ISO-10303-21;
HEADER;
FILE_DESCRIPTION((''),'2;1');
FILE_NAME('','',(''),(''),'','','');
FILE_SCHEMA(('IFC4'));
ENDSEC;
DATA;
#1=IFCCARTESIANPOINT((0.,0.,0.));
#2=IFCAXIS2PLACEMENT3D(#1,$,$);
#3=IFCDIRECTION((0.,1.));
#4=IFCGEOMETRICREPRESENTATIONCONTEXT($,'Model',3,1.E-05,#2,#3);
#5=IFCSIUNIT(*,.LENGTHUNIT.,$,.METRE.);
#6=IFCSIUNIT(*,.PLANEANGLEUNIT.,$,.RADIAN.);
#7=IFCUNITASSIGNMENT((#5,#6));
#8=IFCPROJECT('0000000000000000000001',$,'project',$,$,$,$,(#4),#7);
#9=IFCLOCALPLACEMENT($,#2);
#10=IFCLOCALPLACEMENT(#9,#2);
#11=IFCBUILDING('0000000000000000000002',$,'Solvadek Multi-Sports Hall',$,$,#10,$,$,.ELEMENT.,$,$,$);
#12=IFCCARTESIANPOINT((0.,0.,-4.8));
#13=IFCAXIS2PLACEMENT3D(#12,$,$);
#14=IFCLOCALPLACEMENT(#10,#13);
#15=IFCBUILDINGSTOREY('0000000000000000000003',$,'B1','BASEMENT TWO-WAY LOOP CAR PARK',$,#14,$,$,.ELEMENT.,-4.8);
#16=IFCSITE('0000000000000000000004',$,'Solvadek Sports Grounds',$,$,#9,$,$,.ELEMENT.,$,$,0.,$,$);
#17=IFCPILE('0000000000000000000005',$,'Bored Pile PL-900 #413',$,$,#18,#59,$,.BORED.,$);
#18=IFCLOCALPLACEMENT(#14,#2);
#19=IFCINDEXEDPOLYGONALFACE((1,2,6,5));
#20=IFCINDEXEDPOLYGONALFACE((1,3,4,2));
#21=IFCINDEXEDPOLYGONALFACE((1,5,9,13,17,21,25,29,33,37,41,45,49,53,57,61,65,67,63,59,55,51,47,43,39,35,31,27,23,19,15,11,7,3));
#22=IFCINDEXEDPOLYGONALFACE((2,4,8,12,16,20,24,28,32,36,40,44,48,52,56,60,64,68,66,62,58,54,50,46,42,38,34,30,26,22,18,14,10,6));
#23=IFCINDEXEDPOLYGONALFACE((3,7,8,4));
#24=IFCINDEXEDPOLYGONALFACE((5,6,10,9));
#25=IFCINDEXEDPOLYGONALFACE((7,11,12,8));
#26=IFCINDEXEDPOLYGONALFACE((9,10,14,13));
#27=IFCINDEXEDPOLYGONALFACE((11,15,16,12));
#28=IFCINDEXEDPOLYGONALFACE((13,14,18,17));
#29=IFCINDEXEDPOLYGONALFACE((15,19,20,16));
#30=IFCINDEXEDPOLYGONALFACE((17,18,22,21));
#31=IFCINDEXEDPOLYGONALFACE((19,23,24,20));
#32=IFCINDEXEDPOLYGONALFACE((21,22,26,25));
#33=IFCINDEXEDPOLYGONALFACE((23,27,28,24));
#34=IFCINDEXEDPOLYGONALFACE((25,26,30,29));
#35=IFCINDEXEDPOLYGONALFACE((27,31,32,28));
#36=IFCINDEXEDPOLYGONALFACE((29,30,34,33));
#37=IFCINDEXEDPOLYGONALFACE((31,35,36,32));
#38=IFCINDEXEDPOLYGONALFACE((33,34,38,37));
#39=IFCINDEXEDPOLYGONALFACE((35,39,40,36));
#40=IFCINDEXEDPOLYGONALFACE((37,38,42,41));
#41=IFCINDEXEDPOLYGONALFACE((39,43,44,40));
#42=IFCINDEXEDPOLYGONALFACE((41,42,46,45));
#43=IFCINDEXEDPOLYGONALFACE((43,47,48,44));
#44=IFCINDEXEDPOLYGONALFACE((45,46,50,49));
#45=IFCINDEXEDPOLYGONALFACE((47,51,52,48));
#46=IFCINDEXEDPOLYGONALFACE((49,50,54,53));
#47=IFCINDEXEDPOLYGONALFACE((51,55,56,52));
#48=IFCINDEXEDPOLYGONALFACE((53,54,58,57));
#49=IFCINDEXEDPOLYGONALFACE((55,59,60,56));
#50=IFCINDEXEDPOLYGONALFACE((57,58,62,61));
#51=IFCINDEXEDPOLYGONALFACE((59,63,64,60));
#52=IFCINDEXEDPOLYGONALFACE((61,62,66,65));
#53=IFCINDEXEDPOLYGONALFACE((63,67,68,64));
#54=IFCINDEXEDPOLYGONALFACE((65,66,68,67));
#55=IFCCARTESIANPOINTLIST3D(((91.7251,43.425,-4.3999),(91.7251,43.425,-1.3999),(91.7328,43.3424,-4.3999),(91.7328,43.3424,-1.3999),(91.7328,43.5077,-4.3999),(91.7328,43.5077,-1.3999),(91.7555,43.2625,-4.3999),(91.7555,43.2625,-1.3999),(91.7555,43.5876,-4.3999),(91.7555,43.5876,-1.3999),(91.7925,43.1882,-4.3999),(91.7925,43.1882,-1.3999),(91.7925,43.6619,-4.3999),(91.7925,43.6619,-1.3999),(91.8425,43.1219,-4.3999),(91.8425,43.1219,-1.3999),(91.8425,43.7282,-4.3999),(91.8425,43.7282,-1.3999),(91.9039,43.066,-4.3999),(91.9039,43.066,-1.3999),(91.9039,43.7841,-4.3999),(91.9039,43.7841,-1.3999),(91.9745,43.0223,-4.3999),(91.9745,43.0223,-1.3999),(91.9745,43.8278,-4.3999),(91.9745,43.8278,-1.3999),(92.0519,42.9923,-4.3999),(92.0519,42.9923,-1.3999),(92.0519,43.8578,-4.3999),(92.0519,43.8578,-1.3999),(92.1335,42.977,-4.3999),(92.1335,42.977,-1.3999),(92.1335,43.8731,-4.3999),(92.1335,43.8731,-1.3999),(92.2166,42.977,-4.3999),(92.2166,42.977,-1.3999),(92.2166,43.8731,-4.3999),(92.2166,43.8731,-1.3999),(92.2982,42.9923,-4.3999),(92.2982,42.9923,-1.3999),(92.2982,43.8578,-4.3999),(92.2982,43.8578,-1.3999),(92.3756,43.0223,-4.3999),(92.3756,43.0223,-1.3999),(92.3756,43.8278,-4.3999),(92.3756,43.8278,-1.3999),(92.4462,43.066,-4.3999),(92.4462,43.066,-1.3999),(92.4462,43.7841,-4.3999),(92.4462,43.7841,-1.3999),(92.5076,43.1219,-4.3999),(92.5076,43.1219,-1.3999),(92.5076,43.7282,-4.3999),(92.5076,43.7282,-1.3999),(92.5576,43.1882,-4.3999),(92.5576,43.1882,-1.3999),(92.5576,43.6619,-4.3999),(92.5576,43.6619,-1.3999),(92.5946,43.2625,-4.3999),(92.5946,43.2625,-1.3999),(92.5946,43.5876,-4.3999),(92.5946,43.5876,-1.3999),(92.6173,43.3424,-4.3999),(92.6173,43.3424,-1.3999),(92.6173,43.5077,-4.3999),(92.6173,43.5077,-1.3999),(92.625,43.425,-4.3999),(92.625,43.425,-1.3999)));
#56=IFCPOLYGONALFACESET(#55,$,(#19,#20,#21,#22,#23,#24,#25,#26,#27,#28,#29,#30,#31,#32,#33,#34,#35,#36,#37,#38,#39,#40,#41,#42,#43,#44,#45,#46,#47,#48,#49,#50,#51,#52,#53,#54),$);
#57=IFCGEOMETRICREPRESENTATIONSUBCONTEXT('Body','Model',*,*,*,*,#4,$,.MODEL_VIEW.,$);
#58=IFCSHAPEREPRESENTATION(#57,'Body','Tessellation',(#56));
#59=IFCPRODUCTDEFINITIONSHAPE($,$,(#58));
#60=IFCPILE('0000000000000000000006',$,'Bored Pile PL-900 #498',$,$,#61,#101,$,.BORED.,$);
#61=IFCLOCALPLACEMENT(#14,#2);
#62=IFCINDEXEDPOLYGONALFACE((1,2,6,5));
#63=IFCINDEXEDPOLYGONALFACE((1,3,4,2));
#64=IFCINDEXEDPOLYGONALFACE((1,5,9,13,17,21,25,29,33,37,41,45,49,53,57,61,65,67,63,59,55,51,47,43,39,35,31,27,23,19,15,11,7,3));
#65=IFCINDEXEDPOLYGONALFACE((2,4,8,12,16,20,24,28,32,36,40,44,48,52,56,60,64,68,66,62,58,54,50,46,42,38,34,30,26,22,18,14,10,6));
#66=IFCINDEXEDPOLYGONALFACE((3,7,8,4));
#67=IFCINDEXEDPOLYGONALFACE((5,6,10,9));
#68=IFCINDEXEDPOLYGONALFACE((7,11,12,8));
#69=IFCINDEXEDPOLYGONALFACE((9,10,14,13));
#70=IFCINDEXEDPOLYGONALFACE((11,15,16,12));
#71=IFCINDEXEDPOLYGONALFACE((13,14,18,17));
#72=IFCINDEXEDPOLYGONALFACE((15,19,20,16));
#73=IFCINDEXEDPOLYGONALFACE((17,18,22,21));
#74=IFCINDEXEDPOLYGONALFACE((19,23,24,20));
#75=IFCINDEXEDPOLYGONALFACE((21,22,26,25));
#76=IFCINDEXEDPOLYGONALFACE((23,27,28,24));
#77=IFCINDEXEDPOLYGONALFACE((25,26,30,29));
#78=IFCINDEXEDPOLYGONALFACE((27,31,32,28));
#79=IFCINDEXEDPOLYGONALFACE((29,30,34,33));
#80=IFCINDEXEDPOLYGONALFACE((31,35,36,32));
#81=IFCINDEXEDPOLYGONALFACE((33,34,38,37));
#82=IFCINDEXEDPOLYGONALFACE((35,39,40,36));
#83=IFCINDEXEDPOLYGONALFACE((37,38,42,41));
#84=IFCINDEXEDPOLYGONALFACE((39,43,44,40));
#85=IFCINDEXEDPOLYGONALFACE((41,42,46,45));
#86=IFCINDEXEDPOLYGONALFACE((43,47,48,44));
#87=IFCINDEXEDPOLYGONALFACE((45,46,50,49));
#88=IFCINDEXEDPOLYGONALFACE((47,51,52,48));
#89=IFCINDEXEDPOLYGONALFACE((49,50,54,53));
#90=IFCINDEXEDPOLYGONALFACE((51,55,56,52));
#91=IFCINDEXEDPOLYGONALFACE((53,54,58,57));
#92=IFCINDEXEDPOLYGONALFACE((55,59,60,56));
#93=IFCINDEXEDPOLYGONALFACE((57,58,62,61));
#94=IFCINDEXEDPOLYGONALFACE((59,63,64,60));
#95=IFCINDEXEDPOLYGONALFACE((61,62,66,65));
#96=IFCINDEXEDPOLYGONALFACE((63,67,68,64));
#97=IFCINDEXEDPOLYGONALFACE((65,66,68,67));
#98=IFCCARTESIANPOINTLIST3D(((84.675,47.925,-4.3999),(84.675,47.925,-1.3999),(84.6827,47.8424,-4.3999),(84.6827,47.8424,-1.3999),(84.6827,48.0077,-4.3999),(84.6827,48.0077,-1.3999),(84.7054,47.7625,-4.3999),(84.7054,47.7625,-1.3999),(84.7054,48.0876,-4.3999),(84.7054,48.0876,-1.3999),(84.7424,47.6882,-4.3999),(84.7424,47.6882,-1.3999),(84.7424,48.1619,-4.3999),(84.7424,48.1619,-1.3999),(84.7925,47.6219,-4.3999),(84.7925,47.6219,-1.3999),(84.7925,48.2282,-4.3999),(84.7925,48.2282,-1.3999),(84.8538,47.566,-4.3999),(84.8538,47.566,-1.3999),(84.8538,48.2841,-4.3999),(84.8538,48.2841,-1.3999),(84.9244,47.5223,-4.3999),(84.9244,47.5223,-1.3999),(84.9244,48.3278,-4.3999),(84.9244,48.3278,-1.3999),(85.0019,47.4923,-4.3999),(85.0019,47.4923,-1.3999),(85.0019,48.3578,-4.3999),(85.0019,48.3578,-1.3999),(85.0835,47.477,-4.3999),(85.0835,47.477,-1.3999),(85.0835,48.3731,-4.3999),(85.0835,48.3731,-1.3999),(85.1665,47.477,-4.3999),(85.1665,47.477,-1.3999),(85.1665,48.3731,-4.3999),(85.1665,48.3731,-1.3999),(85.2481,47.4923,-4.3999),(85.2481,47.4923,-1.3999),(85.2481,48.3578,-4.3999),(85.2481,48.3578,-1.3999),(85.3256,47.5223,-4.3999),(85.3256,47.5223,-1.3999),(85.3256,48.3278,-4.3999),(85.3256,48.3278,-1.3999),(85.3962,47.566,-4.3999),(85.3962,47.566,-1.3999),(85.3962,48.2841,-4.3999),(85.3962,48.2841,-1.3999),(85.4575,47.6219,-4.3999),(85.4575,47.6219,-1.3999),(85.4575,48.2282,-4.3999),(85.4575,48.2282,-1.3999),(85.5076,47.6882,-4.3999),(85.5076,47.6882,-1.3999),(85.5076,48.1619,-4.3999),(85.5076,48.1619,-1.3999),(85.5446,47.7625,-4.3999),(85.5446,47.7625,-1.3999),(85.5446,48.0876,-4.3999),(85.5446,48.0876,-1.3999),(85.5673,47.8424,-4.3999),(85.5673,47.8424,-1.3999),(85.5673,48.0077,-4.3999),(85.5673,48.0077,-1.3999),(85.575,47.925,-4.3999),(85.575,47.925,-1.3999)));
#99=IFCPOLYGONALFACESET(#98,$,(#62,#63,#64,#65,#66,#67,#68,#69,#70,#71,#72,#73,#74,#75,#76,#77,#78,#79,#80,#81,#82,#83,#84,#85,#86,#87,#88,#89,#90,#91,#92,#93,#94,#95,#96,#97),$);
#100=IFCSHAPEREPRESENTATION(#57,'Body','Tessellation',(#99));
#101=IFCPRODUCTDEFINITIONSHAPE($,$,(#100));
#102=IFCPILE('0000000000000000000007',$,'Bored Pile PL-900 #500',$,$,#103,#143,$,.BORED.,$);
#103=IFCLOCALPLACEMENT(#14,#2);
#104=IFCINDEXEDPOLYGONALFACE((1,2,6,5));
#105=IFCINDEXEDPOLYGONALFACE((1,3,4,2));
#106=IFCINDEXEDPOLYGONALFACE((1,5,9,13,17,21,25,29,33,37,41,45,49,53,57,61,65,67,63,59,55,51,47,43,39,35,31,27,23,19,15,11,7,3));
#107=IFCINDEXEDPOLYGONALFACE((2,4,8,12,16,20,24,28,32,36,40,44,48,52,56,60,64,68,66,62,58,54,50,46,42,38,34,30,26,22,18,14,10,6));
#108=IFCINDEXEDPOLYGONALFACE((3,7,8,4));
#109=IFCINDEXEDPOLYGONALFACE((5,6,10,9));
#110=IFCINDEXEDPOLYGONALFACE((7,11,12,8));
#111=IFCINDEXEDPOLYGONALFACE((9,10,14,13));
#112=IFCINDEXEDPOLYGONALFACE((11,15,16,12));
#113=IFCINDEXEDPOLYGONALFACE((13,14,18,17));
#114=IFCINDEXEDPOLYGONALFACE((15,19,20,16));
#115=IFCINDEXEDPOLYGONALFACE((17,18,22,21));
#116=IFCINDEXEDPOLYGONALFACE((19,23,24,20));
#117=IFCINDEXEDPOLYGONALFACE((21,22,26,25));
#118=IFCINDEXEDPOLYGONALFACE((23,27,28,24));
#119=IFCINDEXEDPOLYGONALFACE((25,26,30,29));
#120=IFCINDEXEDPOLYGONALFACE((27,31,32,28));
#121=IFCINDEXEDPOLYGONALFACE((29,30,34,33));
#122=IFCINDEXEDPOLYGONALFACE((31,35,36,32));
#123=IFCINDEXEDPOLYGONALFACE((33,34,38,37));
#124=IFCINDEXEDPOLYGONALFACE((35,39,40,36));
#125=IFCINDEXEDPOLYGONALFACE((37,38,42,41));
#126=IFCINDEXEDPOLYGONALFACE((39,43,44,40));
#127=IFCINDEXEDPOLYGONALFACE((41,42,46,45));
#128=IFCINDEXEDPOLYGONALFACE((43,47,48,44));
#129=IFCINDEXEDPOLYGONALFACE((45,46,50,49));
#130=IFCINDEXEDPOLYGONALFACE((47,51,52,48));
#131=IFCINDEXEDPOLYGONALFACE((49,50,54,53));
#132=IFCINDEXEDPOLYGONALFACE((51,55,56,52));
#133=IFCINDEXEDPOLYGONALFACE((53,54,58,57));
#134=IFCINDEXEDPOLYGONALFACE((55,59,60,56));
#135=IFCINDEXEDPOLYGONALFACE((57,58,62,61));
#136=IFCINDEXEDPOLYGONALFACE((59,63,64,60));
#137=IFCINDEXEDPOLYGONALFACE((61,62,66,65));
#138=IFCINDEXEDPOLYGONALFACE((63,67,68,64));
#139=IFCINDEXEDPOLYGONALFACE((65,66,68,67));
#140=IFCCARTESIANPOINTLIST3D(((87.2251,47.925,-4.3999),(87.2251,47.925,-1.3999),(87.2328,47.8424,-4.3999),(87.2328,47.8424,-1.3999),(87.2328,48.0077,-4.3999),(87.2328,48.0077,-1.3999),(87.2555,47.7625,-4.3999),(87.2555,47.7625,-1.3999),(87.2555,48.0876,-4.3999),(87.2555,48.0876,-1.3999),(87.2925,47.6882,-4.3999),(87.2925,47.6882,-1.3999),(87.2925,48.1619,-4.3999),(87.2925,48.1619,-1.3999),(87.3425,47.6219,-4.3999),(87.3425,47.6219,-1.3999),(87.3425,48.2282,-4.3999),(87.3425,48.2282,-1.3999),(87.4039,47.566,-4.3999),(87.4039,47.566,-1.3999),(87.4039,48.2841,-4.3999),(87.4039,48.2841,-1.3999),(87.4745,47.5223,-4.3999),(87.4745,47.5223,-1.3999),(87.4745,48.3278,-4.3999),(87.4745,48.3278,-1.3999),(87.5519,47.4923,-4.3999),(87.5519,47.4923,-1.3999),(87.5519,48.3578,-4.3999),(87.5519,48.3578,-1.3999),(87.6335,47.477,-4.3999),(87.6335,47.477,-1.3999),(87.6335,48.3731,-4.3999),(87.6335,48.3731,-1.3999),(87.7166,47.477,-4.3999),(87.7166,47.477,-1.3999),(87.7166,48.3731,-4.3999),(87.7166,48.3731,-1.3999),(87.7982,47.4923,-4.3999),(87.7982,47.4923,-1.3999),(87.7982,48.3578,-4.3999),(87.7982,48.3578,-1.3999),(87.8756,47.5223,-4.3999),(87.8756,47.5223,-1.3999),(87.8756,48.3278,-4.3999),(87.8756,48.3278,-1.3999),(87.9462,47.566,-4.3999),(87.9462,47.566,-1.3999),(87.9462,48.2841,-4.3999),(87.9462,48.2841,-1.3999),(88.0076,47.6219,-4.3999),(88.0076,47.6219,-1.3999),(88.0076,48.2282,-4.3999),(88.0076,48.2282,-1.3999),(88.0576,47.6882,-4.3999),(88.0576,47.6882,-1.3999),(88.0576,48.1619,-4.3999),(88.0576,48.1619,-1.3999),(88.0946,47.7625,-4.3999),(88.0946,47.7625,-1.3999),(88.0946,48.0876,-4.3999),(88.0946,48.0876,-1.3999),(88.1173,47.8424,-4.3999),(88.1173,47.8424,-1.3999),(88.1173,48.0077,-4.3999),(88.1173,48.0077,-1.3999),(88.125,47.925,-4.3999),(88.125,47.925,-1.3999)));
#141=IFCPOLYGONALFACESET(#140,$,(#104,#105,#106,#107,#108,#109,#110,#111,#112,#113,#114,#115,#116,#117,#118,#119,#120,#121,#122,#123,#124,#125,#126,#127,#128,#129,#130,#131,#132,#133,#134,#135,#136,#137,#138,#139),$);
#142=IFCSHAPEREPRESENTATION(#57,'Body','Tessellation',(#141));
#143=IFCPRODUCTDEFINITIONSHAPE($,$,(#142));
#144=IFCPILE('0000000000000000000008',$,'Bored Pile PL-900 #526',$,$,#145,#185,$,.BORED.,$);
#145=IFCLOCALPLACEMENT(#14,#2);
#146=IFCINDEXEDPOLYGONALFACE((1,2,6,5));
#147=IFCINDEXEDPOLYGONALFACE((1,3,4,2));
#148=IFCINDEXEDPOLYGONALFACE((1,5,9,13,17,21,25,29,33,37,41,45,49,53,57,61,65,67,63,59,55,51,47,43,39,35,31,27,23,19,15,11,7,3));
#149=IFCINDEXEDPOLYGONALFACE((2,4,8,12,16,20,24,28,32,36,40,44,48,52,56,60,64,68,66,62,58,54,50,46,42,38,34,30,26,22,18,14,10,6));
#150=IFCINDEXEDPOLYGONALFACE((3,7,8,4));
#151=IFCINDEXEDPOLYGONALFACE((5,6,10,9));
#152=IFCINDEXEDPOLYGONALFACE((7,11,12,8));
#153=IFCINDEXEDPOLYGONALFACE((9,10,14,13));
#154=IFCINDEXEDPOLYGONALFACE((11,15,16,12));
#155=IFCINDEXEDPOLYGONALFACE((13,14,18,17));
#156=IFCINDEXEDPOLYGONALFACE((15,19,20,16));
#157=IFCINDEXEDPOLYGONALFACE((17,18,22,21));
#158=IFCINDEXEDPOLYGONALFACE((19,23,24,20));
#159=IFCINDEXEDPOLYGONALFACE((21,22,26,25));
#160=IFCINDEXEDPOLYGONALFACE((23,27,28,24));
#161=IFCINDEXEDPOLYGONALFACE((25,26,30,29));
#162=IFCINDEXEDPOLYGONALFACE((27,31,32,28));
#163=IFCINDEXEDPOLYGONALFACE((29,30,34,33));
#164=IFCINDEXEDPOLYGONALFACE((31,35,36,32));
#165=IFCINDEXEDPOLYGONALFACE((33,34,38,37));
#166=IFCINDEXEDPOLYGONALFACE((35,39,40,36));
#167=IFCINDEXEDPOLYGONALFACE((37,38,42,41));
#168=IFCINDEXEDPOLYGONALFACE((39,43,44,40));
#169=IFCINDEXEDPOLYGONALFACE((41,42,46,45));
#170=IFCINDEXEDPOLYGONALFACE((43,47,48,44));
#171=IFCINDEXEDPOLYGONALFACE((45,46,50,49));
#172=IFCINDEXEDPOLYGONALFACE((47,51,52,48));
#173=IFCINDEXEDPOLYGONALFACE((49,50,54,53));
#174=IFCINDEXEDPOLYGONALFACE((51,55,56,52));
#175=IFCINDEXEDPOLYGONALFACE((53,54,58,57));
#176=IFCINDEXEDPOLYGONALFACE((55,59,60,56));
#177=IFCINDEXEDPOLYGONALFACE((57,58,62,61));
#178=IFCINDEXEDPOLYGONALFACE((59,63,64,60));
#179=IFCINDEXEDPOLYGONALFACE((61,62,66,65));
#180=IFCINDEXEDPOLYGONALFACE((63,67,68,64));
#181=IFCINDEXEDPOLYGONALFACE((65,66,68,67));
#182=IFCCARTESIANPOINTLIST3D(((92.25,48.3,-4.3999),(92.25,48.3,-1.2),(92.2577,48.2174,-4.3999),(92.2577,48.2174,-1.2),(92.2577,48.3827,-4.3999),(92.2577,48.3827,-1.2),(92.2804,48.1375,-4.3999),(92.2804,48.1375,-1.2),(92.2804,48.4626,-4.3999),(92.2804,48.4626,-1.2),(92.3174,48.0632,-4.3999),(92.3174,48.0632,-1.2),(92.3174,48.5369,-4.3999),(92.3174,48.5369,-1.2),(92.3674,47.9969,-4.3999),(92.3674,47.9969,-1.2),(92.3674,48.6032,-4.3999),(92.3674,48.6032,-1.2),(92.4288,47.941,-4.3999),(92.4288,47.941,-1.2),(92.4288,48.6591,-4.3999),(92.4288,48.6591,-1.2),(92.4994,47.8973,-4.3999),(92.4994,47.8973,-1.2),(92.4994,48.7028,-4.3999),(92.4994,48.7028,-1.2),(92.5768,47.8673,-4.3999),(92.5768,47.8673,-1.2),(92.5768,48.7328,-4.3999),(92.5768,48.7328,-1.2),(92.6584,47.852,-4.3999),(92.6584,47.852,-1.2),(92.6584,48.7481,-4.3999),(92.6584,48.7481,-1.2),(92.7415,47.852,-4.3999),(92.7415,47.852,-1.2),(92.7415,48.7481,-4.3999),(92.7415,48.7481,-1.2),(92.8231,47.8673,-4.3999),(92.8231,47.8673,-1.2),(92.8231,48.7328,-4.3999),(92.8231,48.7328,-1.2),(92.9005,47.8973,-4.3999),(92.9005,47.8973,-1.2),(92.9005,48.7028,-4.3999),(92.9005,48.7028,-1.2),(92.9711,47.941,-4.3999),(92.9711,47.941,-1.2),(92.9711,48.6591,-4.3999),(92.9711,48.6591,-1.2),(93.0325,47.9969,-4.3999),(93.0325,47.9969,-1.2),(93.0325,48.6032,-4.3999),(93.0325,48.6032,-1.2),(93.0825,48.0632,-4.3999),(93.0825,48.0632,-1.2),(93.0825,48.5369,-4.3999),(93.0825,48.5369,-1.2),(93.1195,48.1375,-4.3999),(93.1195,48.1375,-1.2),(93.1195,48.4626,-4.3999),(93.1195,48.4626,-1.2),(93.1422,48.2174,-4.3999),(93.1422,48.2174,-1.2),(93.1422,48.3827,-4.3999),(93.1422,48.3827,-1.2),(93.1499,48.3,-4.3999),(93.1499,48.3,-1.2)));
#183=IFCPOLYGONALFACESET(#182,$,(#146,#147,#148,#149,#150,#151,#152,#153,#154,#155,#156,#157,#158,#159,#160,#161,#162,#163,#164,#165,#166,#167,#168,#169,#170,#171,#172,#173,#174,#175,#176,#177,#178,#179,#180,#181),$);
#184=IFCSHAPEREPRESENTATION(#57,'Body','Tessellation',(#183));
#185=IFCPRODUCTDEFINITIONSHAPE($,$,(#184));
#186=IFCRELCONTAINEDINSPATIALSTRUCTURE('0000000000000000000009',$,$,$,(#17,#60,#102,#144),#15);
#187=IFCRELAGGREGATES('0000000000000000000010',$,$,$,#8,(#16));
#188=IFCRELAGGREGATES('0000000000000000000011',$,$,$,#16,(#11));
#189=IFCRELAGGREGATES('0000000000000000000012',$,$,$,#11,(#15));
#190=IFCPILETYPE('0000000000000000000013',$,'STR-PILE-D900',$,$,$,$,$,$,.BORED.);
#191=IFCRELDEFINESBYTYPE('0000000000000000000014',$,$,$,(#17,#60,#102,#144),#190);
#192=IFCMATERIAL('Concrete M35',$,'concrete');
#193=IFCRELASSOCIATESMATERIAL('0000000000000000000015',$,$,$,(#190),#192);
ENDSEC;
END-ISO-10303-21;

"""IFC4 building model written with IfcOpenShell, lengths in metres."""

from ifc_helpers import new_model, si_unit, direction, frame, origin, origin_2d, place, context, subcontext, project, spatial, circle, extrude, material, material_profile, profile_set, type_object, element, save


model = new_model("IFC4")

# Units and contexts
model_context = context("Model", 3, precision=1e-05, world=origin(), true_north=direction((0.0, 1.0)))
body_context = subcontext(model_context, "Body", "Model", "MODEL_VIEW")
ifc_project = project(units=[si_unit("LENGTHUNIT", "METRE"), si_unit("PLANEANGLEUNIT", "RADIAN")], contexts=[model_context])

# Site, building, storey
site_placement = place(None, origin())
site = spatial("IfcSite", under=ifc_project, at=site_placement, Name="Solvadek Sports Grounds", CompositionType="ELEMENT", RefElevation=0.0)
building_placement = place(site_placement, origin())
building = spatial("IfcBuilding", under=site, at=building_placement, Name="Solvadek Multi-Sports Hall", CompositionType="ELEMENT")
storey_placement = place(building_placement, frame((0.0, 0.0, -4.8)))
storey = spatial("IfcBuildingStorey", under=building, at=storey_placement, Name="B1", Description="BASEMENT TWO-WAY LOOP CAR PARK", CompositionType="ELEMENT", Elevation=-4.8)

# Piles
ifc_material_1 = material(Name="Concrete M35", Category="concrete")
ifc_material_profile_1 = material_profile(ifc_material_1, circle(Radius=0.45, at=origin_2d()), Name="BORED PILE D900")
ifc_profile_set_1 = profile_set([ifc_material_profile_1], Name="Concrete M35")
pile_type = type_object("IfcPileType", Name="STR-PILE-D900", PredefinedType="BORED", material=ifc_profile_set_1)
for number, where, z_axis, x_axis, name in (
    (1, (92.175, 43.425, -1.3999), (0.0, 0.0, -1.0), (1.0, 0.0, 0.0), "Bored Pile PL-900 #413"),
    (2, (85.125, 47.925, -1.3999), (0.0, 0.0, -1.0), (1.0, 0.0, 0.0), "Bored Pile PL-900 #498"),
    (3, (87.675, 47.925, -1.3999), (0.0, 0.0, -1.0), (1.0, 0.0, 0.0), "Bored Pile PL-900 #500"),
):
    element("IfcPile", number, at=place(storey_placement, frame(where, z_axis=z_axis, x_axis=x_axis)), inside=storey, type_object=pile_type, Name=name, PredefinedType="BORED", context=body_context, shape_type="SweptSolid", body=[
        extrude(circle(Radius=0.45, at=origin_2d()), origin(), (0.0, 0.0, 1.0), 3.0),
    ])
pile_placement = place(storey_placement, frame((92.7, 48.3, -1.2), z_axis=(0.0, 0.0, -1.0), x_axis=(1.0, 0.0, 0.0)))
element("IfcPile", 4, at=pile_placement, inside=storey, type_object=pile_type, Name="Bored Pile PL-900 #526", PredefinedType="BORED", context=body_context, shape_type="SweptSolid", body=[
    extrude(circle(Radius=0.45, at=origin_2d()), origin(), (0.0, 0.0, 1.0), 3.2),
])

save(model, "model.ifc")
